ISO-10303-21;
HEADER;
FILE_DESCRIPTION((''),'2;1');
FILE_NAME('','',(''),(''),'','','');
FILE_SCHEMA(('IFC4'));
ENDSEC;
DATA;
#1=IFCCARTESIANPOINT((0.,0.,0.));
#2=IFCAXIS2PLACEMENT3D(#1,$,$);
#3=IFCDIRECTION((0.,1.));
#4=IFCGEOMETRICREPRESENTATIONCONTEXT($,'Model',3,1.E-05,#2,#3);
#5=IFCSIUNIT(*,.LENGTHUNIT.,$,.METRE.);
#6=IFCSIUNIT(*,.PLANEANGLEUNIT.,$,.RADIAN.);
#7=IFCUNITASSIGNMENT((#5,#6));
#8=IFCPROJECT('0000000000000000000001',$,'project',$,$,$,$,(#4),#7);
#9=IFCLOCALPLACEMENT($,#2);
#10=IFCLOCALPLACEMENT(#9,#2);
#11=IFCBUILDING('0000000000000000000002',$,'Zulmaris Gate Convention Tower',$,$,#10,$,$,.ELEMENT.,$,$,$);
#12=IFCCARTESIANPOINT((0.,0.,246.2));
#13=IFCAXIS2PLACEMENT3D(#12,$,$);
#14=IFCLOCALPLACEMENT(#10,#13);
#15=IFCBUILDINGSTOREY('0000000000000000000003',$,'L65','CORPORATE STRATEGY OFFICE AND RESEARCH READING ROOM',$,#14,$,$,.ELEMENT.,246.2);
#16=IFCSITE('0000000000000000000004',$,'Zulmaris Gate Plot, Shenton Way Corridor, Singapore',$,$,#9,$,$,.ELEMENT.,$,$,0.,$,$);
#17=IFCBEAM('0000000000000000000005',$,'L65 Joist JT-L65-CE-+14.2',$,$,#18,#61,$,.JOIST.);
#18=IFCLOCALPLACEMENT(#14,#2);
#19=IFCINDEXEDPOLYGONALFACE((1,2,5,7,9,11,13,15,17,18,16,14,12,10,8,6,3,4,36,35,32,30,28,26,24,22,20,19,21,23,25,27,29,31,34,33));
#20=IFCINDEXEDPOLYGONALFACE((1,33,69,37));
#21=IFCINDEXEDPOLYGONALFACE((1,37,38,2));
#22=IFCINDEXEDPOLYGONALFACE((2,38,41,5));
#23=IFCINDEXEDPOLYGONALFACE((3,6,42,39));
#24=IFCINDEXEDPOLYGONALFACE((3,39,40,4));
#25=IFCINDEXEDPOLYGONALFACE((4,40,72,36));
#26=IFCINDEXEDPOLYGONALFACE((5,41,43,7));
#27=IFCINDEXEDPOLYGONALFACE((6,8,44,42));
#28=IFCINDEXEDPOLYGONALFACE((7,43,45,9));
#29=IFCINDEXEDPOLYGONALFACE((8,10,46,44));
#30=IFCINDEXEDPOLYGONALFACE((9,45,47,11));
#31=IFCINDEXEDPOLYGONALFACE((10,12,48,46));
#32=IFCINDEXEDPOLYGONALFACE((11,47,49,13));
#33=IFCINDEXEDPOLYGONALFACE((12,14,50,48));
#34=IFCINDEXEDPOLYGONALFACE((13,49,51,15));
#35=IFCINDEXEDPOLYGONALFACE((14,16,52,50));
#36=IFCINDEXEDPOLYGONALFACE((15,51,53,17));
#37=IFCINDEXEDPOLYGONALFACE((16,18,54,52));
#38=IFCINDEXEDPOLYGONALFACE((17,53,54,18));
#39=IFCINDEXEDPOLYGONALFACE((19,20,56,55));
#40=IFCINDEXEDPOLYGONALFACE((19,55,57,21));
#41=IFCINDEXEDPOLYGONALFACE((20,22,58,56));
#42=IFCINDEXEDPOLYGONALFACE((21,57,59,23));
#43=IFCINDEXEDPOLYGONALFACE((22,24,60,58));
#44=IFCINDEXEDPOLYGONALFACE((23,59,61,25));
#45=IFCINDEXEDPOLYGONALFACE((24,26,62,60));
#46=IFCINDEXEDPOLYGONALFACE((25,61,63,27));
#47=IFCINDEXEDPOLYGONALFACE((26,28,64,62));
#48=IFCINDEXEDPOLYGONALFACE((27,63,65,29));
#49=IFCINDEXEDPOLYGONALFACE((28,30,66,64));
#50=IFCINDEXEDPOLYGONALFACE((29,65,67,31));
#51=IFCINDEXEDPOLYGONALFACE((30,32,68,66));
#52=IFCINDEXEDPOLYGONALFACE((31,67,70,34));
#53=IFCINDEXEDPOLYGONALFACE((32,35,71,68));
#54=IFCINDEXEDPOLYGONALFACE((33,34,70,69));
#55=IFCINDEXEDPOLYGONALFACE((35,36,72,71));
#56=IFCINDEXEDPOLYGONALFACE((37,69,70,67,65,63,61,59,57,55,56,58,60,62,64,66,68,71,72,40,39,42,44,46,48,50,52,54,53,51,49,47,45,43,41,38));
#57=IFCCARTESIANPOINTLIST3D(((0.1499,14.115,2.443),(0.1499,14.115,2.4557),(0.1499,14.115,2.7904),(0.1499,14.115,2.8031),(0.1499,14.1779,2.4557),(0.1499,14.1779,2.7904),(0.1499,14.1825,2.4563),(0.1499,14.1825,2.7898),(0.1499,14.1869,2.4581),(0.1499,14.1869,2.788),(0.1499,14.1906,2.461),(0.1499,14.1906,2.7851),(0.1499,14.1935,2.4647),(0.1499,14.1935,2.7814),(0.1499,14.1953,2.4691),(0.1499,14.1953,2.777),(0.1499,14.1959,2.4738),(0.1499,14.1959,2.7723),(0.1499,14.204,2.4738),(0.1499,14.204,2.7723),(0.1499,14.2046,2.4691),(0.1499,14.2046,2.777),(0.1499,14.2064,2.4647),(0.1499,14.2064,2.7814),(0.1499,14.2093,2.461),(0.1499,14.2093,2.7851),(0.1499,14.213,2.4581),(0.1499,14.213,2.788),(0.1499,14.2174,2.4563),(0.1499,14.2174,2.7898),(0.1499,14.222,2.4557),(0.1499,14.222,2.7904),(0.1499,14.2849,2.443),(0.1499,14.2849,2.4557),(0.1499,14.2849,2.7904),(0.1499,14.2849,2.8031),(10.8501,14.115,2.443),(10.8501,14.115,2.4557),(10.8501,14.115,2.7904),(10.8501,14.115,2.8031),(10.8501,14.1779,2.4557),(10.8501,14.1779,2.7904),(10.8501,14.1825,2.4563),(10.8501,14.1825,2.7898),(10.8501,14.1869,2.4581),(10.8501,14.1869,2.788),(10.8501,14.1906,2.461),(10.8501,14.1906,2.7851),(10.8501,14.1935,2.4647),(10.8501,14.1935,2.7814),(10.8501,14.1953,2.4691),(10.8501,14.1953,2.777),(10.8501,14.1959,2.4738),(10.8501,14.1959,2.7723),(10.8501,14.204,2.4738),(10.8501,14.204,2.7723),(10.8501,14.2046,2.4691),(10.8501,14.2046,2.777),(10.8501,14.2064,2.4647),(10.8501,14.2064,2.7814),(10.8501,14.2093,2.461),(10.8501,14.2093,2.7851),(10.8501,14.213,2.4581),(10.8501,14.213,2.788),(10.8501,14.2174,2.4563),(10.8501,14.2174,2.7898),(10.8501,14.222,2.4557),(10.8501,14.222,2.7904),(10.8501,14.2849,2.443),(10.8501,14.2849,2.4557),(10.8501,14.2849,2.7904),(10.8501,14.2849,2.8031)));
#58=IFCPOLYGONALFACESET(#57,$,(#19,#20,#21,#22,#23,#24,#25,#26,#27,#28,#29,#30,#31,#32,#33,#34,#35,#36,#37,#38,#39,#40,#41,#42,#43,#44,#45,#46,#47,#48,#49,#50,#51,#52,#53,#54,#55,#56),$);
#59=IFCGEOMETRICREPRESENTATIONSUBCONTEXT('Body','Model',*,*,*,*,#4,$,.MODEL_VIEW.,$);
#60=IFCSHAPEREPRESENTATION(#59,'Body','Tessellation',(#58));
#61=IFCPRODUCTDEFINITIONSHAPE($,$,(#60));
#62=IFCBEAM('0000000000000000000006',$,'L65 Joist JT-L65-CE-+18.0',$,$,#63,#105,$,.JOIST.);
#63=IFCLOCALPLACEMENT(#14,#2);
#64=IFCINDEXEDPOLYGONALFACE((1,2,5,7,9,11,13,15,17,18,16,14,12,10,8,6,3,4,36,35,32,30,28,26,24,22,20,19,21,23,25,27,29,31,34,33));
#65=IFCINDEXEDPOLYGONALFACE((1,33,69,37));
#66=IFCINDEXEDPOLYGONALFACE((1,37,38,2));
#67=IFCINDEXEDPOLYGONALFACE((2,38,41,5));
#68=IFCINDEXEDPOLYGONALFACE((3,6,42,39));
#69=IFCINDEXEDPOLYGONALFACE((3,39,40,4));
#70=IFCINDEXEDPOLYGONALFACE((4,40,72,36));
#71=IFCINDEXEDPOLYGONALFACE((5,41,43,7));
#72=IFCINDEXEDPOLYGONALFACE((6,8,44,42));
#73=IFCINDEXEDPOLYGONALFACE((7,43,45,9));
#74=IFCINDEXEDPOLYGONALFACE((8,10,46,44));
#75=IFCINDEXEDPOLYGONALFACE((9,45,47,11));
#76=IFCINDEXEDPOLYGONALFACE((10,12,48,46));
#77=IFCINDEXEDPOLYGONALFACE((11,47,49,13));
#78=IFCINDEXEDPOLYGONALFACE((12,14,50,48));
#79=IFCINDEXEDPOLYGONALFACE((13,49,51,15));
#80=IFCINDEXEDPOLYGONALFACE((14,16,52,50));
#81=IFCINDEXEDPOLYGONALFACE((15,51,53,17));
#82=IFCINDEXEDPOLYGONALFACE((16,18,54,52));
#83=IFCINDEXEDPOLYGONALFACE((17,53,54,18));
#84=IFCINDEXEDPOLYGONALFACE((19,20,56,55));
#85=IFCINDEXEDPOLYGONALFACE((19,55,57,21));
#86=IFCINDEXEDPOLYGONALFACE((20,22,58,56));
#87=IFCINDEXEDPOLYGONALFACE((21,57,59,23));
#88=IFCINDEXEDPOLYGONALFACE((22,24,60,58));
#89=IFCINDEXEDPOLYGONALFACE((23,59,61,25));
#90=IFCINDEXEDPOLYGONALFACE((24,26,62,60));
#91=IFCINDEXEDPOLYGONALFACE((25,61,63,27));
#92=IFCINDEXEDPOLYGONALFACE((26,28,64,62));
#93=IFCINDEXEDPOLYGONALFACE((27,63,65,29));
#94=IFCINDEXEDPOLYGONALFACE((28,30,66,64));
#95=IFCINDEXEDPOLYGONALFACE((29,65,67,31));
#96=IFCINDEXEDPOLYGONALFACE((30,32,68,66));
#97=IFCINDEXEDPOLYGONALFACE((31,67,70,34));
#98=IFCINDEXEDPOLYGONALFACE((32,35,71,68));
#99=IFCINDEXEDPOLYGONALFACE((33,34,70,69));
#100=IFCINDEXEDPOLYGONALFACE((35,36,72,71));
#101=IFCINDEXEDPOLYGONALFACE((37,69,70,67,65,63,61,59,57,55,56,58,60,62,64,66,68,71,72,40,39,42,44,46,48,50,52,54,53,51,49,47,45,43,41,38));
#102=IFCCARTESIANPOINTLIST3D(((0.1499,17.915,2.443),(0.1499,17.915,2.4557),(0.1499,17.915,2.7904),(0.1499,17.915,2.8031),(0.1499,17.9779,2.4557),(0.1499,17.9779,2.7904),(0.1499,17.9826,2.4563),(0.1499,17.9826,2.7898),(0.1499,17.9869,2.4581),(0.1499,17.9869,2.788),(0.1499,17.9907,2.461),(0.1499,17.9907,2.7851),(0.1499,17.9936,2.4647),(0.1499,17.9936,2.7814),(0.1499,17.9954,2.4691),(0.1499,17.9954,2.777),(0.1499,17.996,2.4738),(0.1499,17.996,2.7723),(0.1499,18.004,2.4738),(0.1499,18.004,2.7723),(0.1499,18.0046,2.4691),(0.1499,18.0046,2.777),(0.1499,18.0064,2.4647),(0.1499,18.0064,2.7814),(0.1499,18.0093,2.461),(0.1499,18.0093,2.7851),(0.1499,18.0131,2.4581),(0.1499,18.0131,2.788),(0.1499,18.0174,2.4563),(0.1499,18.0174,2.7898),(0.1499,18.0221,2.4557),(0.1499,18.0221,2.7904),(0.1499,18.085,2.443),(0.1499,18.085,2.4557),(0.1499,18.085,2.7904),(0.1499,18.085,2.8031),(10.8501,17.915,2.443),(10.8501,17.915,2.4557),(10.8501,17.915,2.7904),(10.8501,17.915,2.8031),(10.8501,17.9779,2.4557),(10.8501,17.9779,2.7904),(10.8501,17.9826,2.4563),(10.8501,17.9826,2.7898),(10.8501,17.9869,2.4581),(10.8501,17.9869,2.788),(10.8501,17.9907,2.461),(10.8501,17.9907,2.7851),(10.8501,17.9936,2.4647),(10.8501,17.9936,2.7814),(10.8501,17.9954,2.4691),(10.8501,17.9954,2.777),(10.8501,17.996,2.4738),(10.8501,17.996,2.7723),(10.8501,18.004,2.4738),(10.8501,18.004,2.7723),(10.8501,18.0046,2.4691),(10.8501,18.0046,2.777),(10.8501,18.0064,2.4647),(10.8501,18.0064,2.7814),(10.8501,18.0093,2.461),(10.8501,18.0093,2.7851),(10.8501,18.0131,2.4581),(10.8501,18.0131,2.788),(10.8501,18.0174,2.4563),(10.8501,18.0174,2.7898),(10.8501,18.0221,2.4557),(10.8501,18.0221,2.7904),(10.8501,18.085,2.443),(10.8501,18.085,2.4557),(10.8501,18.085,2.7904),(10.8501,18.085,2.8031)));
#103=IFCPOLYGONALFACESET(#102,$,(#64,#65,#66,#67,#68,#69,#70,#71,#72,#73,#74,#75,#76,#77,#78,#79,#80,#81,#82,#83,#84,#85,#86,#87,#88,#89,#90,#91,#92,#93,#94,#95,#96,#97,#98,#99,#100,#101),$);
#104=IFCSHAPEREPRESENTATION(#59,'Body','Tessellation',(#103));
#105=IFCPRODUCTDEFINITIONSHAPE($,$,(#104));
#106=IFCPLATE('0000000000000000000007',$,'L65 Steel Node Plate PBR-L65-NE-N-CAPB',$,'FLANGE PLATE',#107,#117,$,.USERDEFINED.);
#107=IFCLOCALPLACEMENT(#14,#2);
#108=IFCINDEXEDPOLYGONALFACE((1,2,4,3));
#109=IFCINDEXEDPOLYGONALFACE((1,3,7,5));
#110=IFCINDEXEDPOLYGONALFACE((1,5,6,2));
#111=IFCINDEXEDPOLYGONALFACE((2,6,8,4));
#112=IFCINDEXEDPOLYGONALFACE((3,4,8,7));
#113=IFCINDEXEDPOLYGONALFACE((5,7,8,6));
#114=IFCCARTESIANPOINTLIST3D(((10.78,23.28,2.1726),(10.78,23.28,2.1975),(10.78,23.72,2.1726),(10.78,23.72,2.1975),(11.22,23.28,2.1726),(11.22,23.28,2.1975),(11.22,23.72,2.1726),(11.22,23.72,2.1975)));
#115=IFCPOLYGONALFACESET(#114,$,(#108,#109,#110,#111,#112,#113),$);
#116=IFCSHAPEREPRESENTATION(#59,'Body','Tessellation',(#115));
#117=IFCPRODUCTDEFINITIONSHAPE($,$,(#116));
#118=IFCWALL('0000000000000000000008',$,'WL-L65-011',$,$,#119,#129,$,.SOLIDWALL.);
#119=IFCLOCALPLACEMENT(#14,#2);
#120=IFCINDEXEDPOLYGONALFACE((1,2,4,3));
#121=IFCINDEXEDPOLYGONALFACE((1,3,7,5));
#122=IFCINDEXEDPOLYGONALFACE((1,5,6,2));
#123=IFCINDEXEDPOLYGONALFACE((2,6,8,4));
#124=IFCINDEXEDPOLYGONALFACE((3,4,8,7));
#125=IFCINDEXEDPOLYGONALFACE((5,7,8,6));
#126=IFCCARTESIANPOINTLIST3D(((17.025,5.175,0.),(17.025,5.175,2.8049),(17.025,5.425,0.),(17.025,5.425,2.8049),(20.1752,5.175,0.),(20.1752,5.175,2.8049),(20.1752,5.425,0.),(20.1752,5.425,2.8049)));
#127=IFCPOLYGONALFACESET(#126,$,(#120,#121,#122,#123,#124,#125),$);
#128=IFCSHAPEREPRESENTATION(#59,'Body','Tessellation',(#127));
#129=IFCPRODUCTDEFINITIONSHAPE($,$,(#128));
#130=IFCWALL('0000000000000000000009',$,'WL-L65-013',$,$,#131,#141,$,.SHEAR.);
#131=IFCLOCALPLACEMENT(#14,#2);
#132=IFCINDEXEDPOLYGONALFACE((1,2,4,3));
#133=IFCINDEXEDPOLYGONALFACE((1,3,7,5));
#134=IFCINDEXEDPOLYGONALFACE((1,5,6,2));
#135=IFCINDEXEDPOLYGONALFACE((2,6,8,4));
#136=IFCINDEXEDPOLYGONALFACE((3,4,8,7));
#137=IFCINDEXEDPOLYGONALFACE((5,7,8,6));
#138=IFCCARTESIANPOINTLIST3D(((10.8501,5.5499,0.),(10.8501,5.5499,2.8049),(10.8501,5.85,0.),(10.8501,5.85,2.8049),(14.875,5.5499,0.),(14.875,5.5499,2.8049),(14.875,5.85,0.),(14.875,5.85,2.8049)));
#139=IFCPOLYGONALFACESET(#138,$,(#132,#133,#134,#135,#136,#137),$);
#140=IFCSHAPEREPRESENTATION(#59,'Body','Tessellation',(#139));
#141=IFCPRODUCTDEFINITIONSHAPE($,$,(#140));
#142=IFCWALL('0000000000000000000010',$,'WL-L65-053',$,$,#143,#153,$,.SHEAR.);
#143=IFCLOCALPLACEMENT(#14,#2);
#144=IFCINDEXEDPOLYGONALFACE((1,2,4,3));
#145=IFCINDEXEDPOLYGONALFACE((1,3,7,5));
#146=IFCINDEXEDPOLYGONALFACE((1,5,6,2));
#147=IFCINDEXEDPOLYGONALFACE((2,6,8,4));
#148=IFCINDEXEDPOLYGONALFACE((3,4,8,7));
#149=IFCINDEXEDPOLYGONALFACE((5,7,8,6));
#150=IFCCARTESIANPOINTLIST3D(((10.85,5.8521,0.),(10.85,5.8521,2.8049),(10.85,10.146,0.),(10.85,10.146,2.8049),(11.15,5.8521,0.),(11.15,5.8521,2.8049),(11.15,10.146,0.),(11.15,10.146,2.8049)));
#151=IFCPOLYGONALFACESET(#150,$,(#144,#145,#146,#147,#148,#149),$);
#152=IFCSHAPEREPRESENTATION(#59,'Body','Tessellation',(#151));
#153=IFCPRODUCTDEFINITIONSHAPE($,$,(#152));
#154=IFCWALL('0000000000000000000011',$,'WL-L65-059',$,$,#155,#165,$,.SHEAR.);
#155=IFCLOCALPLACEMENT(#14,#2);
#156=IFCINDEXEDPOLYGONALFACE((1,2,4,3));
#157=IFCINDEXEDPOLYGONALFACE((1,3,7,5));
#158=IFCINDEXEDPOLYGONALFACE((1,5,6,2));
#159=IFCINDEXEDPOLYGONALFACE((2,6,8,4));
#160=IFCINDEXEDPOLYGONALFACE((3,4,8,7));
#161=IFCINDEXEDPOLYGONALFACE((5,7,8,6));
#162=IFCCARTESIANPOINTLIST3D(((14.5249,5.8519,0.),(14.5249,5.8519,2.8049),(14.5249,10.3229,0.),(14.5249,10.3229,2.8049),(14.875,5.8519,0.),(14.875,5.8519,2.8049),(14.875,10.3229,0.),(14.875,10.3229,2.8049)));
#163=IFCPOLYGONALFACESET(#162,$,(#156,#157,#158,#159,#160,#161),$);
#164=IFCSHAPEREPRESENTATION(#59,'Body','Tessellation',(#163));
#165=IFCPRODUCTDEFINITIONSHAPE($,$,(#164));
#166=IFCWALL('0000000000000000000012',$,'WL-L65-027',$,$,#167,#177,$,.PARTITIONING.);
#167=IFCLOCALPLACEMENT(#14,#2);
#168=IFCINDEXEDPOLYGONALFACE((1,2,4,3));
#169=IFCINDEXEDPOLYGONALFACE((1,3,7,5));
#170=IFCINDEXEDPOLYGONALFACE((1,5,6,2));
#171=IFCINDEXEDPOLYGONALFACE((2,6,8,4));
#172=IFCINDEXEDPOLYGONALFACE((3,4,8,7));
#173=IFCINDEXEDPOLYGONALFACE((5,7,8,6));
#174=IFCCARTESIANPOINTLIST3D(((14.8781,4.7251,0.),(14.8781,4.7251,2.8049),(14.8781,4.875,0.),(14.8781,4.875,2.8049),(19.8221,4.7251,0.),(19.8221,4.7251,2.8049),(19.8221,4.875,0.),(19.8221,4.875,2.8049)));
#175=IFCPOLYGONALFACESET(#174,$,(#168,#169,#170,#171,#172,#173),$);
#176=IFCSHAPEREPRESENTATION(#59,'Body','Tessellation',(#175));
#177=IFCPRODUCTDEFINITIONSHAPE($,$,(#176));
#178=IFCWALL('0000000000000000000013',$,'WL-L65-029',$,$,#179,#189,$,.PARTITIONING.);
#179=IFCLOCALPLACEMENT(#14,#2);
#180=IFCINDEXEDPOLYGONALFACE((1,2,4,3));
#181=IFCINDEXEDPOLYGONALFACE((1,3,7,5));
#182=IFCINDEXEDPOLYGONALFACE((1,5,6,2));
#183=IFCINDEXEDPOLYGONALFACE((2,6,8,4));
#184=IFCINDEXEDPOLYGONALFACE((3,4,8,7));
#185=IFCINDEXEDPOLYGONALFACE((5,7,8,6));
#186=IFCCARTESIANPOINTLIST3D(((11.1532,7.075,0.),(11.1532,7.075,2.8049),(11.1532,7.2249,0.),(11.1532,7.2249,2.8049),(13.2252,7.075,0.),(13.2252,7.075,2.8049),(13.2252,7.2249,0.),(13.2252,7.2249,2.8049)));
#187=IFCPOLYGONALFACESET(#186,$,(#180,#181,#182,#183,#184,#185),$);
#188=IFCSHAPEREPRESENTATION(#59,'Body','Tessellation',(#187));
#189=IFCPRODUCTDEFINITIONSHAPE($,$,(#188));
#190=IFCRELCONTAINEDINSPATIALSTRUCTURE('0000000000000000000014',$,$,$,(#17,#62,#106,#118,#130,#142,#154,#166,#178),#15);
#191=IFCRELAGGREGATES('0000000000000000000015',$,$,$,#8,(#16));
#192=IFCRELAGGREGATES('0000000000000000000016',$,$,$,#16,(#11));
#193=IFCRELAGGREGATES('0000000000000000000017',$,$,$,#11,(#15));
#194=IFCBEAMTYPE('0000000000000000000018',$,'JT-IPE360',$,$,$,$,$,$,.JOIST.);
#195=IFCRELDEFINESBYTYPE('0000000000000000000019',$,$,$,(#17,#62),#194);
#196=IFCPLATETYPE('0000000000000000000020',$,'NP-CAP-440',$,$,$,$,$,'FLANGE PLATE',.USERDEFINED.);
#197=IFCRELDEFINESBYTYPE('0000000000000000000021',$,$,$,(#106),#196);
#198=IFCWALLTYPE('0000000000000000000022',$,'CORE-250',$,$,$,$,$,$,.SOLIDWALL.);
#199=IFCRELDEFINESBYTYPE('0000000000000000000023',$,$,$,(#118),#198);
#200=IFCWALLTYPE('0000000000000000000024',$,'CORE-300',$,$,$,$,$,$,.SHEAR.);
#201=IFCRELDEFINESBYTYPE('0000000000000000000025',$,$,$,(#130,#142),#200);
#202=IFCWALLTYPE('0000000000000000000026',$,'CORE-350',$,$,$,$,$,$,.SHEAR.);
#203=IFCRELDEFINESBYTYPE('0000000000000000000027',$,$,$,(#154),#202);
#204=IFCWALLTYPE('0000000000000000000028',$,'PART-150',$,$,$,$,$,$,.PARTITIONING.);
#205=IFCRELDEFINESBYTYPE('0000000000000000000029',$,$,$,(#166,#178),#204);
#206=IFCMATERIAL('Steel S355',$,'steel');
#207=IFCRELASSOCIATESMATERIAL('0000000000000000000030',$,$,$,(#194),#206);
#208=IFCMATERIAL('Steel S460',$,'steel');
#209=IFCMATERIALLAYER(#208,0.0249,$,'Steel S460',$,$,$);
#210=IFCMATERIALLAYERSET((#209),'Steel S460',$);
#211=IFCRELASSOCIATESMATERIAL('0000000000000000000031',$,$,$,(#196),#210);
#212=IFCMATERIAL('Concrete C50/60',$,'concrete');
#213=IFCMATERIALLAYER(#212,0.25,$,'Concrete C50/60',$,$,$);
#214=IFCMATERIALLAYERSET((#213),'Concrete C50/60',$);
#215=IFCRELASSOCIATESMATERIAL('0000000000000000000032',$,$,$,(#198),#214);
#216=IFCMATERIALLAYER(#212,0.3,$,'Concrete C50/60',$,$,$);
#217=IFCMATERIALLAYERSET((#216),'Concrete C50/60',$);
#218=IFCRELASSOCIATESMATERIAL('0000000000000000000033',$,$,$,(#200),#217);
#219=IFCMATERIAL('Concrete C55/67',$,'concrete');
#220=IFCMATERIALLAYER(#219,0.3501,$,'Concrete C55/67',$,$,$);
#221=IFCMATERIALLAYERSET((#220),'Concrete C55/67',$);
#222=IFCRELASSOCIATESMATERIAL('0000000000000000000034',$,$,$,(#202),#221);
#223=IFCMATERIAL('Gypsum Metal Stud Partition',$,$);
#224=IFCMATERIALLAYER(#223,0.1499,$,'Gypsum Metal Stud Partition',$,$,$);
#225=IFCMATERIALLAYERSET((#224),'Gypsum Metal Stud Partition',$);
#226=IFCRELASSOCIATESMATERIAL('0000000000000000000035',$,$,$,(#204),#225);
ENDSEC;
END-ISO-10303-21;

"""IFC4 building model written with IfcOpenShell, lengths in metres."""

from ifc_helpers import new_model, si_unit, direction, frame, frame_2d, origin, origin_2d, place, context, subcontext, project, spatial, rectangle, i_section, extrude, material, layer, layer_set, material_profile, profile_set, type_object, element, save


model = new_model("IFC4")

# Units and contexts
model_context = context("Model", 3, precision=1e-05, world=origin(), true_north=direction((0.0, 1.0)))
body_context = subcontext(model_context, "Body", "Model", "MODEL_VIEW")
ifc_project = project(units=[si_unit("LENGTHUNIT", "METRE"), si_unit("PLANEANGLEUNIT", "RADIAN")], contexts=[model_context])

# Site, building, storey
site_placement = place(None, origin())
site = spatial("IfcSite", under=ifc_project, at=site_placement, Name="Zulmaris Gate Plot, Shenton Way Corridor, Singapore", CompositionType="ELEMENT", RefElevation=0.0)
building_placement = place(site_placement, origin())
building = spatial("IfcBuilding", under=site, at=building_placement, Name="Zulmaris Gate Convention Tower", CompositionType="ELEMENT")
storey_placement = place(building_placement, frame((0.0, 0.0, 246.2)))
storey = spatial("IfcBuildingStorey", under=building, at=storey_placement, Name="L65", Description="CORPORATE STRATEGY OFFICE AND RESEARCH READING ROOM", CompositionType="ELEMENT", Elevation=246.2)

# Shared definitions
ifc_material_1 = material(Name="Concrete C50/60", Category="concrete")

# Beams
ifc_material_2 = material(Name="Steel S355", Category="steel")
ifc_material_profile_1 = material_profile(ifc_material_2, i_section(OverallWidth=0.1699, OverallDepth=0.3601, WebThickness=0.0081, FlangeThickness=0.0127, FilletRadius=0.0181, at=origin_2d()), Name="IPE 360")
ifc_profile_set_1 = profile_set([ifc_material_profile_1], Name="Steel S355")
beam_type_1 = type_object("IfcBeamType", Name="JT-IPE360", PredefinedType="JOIST", material=ifc_profile_set_1)
for number, where, z_axis, x_axis, name in (
    (1, (0.1499, 14.2, 2.623), (1.0, 0.0, 0.0), (0.0, 1.0, 0.0), "L65 Joist JT-L65-CE-+14.2"),
    (2, (0.1499, 18.0, 2.623), (1.0, 0.0, 0.0), (0.0, 1.0, 0.0), "L65 Joist JT-L65-CE-+18.0"),
):
    element("IfcBeam", number, at=place(storey_placement, frame(where, z_axis=z_axis, x_axis=x_axis)), inside=storey, type_object=beam_type_1, Name=name, PredefinedType="JOIST", context=body_context, shape_type="SweptSolid", body=[
        extrude(i_section(OverallWidth=0.1699, OverallDepth=0.3601, WebThickness=0.0081, FlangeThickness=0.0127, FilletRadius=0.0181, at=origin_2d()), origin(), (0.0, 0.0, 1.0), 10.7002),
    ])

# Plate
ifc_material_3 = material(Name="Steel S460", Category="steel")
ifc_layer_1 = layer(ifc_material_3, 0.0249, Name="Steel S460")
ifc_layer_set_1 = layer_set([ifc_layer_1], Name="Steel S460")
plate_type = type_object("IfcPlateType", Name="NP-CAP-440", ElementType="FLANGE PLATE", PredefinedType="USERDEFINED", material=ifc_layer_set_1)
plate_placement = place(storey_placement, frame((11.0, 23.5, 2.1726), z_axis=(0.0, 0.0, 1.0), x_axis=(1.0, 0.0, 0.0)))
element("IfcPlate", 3, at=plate_placement, inside=storey, type_object=plate_type, Name="L65 Steel Node Plate PBR-L65-NE-N-CAPB", ObjectType="FLANGE PLATE", PredefinedType="USERDEFINED", context=body_context, shape_type="SweptSolid", body=[
    extrude(rectangle(XDim=0.4399, YDim=0.4399, at=origin_2d()), origin(), (0.0, 0.0, 1.0), 0.0249),
])

# Walls
ifc_layer_2 = layer(ifc_material_1, 0.25, Name="Concrete C50/60")
ifc_layer_set_2 = layer_set([ifc_layer_2], Name="Concrete C50/60")
wall_type_1 = type_object("IfcWallType", Name="CORE-250", PredefinedType="SOLIDWALL", material=ifc_layer_set_2)
wall_1_placement = place(storey_placement, frame((17.0249, 5.3, 0.0), z_axis=(0.0, 0.0, 1.0), x_axis=(1.0, 0.0, 0.0)))
element("IfcWall", 4, at=wall_1_placement, inside=storey, type_object=wall_type_1, Name="WL-L65-011", PredefinedType="SOLIDWALL", context=body_context, shape_type="SweptSolid", body=[
    extrude(rectangle(XDim=3.1501, YDim=0.25, at=frame_2d((1.5752, 0.0))), origin(), (0.0, 0.0, 1.0), 2.8049),
])
ifc_layer_3 = layer(ifc_material_1, 0.3, Name="Concrete C50/60")
ifc_layer_set_3 = layer_set([ifc_layer_3], Name="Concrete C50/60")
wall_type_2 = type_object("IfcWallType", Name="CORE-300", PredefinedType="SHEAR", material=ifc_layer_set_3)
wall_2_placement = place(storey_placement, frame((10.8501, 5.7, 0.0), z_axis=(0.0, 0.0, 1.0), x_axis=(1.0, 0.0, 0.0)))
element("IfcWall", 5, at=wall_2_placement, inside=storey, type_object=wall_type_2, Name="WL-L65-013", PredefinedType="SHEAR", context=body_context, shape_type="SweptSolid", body=[
    extrude(rectangle(XDim=4.0249, YDim=0.3, at=frame_2d((2.0125, 0.0))), origin(), (0.0, 0.0, 1.0), 2.8049),
])

# Wall
wall_3_placement = place(storey_placement, frame((11.0, 5.8521, 0.0), z_axis=(0.0, 0.0, 1.0), x_axis=(0.0, 1.0, 0.0)))
element("IfcWall", 6, at=wall_3_placement, inside=storey, type_object=wall_type_2, Name="WL-L65-053", PredefinedType="SHEAR", context=body_context, shape_type="SweptSolid", body=[
    extrude(rectangle(XDim=4.2939, YDim=0.3, at=frame_2d((2.147, 0.0))), origin(), (0.0, 0.0, 1.0), 2.8049),
])

# Shared definitions
ifc_material_4 = material(Name="Concrete C55/67", Category="concrete")
ifc_layer_4 = layer(ifc_material_4, 0.3501, Name="Concrete C55/67")
ifc_layer_set_4 = layer_set([ifc_layer_4], Name="Concrete C55/67")
wall_type_3 = type_object("IfcWallType", Name="CORE-350", PredefinedType="SHEAR", material=ifc_layer_set_4)

# Walls
wall_4_placement = place(storey_placement, frame((14.7, 5.8521, 0.0), z_axis=(0.0, 0.0, 1.0), x_axis=(0.0, 1.0, 0.0)))
element("IfcWall", 7, at=wall_4_placement, inside=storey, type_object=wall_type_3, Name="WL-L65-059", PredefinedType="SHEAR", context=body_context, shape_type="SweptSolid", body=[
    extrude(rectangle(XDim=4.4709, YDim=0.3501, at=frame_2d((2.2354, 0.0))), origin(), (0.0, 0.0, 1.0), 2.8049),
])
ifc_material_5 = material(Name="Gypsum Metal Stud Partition")
ifc_layer_5 = layer(ifc_material_5, 0.1499, Name="Gypsum Metal Stud Partition")
ifc_layer_set_5 = layer_set([ifc_layer_5], Name="Gypsum Metal Stud Partition")
wall_type_4 = type_object("IfcWallType", Name="PART-150", PredefinedType="PARTITIONING", material=ifc_layer_set_5)
wall_5_placement = place(storey_placement, frame((14.8779, 4.8, 0.0), z_axis=(0.0, 0.0, 1.0), x_axis=(1.0, 0.0, 0.0)))
element("IfcWall", 8, at=wall_5_placement, inside=storey, type_object=wall_type_4, Name="WL-L65-027", PredefinedType="PARTITIONING", context=body_context, shape_type="SweptSolid", body=[
    extrude(rectangle(XDim=4.9441, YDim=0.1499, at=frame_2d((2.4722, 0.0))), origin(), (0.0, 0.0, 1.0), 2.8049),
])
wall_6_placement = place(storey_placement, frame((11.1531, 7.1499, 0.0), z_axis=(0.0, 0.0, 1.0), x_axis=(1.0, 0.0, 0.0)))
element("IfcWall", 9, at=wall_6_placement, inside=storey, type_object=wall_type_4, Name="WL-L65-029", PredefinedType="PARTITIONING", context=body_context, shape_type="SweptSolid", body=[
    extrude(rectangle(XDim=2.072, YDim=0.1499, at=frame_2d((1.0361, 0.0))), origin(), (0.0, 0.0, 1.0), 2.8049),
])

save(model, "model.ifc")
